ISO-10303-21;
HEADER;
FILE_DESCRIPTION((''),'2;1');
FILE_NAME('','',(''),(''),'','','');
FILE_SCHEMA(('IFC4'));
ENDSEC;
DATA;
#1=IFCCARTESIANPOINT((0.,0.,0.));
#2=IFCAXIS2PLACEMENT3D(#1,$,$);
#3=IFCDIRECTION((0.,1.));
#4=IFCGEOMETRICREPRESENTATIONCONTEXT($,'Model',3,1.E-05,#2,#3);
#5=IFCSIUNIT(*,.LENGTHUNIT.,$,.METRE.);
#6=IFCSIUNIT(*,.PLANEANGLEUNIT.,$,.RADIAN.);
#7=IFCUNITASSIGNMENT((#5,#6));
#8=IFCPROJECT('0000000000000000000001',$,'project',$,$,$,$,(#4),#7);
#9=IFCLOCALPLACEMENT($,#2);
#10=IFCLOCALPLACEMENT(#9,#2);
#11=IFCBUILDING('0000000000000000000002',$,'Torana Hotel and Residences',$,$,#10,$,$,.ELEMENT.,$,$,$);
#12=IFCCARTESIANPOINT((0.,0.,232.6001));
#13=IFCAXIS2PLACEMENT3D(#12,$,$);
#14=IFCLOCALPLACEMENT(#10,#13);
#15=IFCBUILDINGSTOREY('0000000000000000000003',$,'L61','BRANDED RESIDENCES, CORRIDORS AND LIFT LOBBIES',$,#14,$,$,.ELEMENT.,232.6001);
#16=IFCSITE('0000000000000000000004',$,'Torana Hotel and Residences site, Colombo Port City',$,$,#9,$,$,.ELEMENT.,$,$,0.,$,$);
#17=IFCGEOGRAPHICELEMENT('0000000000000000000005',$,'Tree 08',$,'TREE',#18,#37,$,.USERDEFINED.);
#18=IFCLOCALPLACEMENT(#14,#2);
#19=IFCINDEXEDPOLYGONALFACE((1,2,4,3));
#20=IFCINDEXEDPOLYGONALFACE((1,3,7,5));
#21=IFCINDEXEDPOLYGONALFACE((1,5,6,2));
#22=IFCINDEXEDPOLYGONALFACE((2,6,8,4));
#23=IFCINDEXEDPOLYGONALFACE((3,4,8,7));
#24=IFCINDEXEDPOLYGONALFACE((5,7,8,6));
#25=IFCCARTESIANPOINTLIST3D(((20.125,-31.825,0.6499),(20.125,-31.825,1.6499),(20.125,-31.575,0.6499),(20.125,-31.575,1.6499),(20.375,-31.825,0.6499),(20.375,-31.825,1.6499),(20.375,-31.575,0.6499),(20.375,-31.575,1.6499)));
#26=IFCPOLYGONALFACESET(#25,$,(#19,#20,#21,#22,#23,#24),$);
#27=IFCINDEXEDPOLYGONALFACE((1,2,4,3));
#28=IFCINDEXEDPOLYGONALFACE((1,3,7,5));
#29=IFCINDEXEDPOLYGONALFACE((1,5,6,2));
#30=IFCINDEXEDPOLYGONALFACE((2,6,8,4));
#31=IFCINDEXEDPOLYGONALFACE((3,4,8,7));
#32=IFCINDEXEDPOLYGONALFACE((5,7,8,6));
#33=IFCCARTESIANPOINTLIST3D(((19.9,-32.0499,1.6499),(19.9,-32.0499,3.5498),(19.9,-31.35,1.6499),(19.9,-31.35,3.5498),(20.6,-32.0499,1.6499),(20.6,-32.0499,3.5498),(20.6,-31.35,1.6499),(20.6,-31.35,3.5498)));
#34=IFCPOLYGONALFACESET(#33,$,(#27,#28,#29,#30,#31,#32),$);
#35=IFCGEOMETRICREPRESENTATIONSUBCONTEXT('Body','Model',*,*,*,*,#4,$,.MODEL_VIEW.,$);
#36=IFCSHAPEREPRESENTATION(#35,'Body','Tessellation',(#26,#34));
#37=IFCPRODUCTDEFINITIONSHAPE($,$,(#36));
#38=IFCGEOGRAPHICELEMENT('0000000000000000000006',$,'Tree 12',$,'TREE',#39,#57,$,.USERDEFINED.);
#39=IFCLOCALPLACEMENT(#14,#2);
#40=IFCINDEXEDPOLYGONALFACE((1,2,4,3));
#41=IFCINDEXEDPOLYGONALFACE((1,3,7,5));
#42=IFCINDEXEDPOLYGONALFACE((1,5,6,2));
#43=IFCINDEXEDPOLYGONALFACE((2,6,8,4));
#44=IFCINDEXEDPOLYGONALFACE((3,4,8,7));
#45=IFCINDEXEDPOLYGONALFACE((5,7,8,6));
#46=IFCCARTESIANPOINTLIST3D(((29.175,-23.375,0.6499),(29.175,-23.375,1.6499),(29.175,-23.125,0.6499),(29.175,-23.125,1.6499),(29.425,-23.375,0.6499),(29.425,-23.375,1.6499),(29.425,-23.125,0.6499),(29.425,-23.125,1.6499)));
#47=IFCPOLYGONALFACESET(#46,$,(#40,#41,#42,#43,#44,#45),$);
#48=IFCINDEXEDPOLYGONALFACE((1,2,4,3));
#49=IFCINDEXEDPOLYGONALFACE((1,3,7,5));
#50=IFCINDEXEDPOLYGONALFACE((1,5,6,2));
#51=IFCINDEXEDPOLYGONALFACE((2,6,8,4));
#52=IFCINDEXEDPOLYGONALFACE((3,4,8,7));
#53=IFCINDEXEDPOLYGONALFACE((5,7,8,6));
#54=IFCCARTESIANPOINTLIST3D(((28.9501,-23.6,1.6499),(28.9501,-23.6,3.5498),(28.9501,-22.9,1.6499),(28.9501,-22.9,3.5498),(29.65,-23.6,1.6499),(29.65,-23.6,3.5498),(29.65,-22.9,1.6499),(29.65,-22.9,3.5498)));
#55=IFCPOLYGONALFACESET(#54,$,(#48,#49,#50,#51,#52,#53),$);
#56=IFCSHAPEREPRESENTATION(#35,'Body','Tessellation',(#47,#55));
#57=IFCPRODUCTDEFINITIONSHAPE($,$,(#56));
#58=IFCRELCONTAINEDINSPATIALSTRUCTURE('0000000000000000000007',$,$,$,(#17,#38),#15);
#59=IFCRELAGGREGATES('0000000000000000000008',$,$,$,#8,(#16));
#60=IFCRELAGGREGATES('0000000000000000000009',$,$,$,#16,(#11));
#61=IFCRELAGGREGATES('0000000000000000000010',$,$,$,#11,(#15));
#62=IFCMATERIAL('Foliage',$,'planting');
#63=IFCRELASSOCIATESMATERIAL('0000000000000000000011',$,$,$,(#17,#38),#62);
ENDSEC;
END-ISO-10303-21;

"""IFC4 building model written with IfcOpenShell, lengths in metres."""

from ifc_helpers import new_model, si_unit, direction, frame, origin, origin_2d, place, context, subcontext, project, spatial, rectangle, extrude, material, element, save


model = new_model("IFC4")

# Units and contexts
model_context = context("Model", 3, precision=1e-05, world=origin(), true_north=direction((0.0, 1.0)))
body_context = subcontext(model_context, "Body", "Model", "MODEL_VIEW")
ifc_project = project(units=[si_unit("LENGTHUNIT", "METRE"), si_unit("PLANEANGLEUNIT", "RADIAN")], contexts=[model_context])

# Site, building, storey
site_placement = place(None, origin())
site = spatial("IfcSite", under=ifc_project, at=site_placement, Name="Torana Hotel and Residences site, Colombo Port City", CompositionType="ELEMENT", RefElevation=0.0)
building_placement = place(site_placement, origin())
building = spatial("IfcBuilding", under=site, at=building_placement, Name="Torana Hotel and Residences", CompositionType="ELEMENT")
storey_placement = place(building_placement, frame((0.0, 0.0, 232.6001)))
storey = spatial("IfcBuildingStorey", under=building, at=storey_placement, Name="L61", Description="BRANDED RESIDENCES, CORRIDORS AND LIFT LOBBIES", CompositionType="ELEMENT", Elevation=232.6001)

# Geographic elements
ifc_material_1 = material(Name="Foliage", Category="planting")
for number, where, z_axis, x_axis, name in (
    (1, (20.25, -31.7, 0.6499), (0.0, 0.0, 1.0), (1.0, 0.0, 0.0), "Tree 08"),
    (2, (29.3, -23.25, 0.6499), (0.0, 0.0, 1.0), (1.0, 0.0, 0.0), "Tree 12"),
):
    element("IfcGeographicElement", number, at=place(storey_placement, frame(where, z_axis=z_axis, x_axis=x_axis)), inside=storey, material=ifc_material_1, Name=name, ObjectType="TREE", PredefinedType="USERDEFINED", context=body_context, shape_type="SweptSolid", body=[
        extrude(rectangle(XDim=0.25, YDim=0.25, at=origin_2d()), origin(), (0.0, 0.0, 1.0), 1.0),
        extrude(rectangle(XDim=0.7, YDim=0.7, at=origin_2d()), frame((0.0, 0.0, 1.0)), (0.0, 0.0, 1.0), 1.8999),
    ])

save(model, "model.ifc")
